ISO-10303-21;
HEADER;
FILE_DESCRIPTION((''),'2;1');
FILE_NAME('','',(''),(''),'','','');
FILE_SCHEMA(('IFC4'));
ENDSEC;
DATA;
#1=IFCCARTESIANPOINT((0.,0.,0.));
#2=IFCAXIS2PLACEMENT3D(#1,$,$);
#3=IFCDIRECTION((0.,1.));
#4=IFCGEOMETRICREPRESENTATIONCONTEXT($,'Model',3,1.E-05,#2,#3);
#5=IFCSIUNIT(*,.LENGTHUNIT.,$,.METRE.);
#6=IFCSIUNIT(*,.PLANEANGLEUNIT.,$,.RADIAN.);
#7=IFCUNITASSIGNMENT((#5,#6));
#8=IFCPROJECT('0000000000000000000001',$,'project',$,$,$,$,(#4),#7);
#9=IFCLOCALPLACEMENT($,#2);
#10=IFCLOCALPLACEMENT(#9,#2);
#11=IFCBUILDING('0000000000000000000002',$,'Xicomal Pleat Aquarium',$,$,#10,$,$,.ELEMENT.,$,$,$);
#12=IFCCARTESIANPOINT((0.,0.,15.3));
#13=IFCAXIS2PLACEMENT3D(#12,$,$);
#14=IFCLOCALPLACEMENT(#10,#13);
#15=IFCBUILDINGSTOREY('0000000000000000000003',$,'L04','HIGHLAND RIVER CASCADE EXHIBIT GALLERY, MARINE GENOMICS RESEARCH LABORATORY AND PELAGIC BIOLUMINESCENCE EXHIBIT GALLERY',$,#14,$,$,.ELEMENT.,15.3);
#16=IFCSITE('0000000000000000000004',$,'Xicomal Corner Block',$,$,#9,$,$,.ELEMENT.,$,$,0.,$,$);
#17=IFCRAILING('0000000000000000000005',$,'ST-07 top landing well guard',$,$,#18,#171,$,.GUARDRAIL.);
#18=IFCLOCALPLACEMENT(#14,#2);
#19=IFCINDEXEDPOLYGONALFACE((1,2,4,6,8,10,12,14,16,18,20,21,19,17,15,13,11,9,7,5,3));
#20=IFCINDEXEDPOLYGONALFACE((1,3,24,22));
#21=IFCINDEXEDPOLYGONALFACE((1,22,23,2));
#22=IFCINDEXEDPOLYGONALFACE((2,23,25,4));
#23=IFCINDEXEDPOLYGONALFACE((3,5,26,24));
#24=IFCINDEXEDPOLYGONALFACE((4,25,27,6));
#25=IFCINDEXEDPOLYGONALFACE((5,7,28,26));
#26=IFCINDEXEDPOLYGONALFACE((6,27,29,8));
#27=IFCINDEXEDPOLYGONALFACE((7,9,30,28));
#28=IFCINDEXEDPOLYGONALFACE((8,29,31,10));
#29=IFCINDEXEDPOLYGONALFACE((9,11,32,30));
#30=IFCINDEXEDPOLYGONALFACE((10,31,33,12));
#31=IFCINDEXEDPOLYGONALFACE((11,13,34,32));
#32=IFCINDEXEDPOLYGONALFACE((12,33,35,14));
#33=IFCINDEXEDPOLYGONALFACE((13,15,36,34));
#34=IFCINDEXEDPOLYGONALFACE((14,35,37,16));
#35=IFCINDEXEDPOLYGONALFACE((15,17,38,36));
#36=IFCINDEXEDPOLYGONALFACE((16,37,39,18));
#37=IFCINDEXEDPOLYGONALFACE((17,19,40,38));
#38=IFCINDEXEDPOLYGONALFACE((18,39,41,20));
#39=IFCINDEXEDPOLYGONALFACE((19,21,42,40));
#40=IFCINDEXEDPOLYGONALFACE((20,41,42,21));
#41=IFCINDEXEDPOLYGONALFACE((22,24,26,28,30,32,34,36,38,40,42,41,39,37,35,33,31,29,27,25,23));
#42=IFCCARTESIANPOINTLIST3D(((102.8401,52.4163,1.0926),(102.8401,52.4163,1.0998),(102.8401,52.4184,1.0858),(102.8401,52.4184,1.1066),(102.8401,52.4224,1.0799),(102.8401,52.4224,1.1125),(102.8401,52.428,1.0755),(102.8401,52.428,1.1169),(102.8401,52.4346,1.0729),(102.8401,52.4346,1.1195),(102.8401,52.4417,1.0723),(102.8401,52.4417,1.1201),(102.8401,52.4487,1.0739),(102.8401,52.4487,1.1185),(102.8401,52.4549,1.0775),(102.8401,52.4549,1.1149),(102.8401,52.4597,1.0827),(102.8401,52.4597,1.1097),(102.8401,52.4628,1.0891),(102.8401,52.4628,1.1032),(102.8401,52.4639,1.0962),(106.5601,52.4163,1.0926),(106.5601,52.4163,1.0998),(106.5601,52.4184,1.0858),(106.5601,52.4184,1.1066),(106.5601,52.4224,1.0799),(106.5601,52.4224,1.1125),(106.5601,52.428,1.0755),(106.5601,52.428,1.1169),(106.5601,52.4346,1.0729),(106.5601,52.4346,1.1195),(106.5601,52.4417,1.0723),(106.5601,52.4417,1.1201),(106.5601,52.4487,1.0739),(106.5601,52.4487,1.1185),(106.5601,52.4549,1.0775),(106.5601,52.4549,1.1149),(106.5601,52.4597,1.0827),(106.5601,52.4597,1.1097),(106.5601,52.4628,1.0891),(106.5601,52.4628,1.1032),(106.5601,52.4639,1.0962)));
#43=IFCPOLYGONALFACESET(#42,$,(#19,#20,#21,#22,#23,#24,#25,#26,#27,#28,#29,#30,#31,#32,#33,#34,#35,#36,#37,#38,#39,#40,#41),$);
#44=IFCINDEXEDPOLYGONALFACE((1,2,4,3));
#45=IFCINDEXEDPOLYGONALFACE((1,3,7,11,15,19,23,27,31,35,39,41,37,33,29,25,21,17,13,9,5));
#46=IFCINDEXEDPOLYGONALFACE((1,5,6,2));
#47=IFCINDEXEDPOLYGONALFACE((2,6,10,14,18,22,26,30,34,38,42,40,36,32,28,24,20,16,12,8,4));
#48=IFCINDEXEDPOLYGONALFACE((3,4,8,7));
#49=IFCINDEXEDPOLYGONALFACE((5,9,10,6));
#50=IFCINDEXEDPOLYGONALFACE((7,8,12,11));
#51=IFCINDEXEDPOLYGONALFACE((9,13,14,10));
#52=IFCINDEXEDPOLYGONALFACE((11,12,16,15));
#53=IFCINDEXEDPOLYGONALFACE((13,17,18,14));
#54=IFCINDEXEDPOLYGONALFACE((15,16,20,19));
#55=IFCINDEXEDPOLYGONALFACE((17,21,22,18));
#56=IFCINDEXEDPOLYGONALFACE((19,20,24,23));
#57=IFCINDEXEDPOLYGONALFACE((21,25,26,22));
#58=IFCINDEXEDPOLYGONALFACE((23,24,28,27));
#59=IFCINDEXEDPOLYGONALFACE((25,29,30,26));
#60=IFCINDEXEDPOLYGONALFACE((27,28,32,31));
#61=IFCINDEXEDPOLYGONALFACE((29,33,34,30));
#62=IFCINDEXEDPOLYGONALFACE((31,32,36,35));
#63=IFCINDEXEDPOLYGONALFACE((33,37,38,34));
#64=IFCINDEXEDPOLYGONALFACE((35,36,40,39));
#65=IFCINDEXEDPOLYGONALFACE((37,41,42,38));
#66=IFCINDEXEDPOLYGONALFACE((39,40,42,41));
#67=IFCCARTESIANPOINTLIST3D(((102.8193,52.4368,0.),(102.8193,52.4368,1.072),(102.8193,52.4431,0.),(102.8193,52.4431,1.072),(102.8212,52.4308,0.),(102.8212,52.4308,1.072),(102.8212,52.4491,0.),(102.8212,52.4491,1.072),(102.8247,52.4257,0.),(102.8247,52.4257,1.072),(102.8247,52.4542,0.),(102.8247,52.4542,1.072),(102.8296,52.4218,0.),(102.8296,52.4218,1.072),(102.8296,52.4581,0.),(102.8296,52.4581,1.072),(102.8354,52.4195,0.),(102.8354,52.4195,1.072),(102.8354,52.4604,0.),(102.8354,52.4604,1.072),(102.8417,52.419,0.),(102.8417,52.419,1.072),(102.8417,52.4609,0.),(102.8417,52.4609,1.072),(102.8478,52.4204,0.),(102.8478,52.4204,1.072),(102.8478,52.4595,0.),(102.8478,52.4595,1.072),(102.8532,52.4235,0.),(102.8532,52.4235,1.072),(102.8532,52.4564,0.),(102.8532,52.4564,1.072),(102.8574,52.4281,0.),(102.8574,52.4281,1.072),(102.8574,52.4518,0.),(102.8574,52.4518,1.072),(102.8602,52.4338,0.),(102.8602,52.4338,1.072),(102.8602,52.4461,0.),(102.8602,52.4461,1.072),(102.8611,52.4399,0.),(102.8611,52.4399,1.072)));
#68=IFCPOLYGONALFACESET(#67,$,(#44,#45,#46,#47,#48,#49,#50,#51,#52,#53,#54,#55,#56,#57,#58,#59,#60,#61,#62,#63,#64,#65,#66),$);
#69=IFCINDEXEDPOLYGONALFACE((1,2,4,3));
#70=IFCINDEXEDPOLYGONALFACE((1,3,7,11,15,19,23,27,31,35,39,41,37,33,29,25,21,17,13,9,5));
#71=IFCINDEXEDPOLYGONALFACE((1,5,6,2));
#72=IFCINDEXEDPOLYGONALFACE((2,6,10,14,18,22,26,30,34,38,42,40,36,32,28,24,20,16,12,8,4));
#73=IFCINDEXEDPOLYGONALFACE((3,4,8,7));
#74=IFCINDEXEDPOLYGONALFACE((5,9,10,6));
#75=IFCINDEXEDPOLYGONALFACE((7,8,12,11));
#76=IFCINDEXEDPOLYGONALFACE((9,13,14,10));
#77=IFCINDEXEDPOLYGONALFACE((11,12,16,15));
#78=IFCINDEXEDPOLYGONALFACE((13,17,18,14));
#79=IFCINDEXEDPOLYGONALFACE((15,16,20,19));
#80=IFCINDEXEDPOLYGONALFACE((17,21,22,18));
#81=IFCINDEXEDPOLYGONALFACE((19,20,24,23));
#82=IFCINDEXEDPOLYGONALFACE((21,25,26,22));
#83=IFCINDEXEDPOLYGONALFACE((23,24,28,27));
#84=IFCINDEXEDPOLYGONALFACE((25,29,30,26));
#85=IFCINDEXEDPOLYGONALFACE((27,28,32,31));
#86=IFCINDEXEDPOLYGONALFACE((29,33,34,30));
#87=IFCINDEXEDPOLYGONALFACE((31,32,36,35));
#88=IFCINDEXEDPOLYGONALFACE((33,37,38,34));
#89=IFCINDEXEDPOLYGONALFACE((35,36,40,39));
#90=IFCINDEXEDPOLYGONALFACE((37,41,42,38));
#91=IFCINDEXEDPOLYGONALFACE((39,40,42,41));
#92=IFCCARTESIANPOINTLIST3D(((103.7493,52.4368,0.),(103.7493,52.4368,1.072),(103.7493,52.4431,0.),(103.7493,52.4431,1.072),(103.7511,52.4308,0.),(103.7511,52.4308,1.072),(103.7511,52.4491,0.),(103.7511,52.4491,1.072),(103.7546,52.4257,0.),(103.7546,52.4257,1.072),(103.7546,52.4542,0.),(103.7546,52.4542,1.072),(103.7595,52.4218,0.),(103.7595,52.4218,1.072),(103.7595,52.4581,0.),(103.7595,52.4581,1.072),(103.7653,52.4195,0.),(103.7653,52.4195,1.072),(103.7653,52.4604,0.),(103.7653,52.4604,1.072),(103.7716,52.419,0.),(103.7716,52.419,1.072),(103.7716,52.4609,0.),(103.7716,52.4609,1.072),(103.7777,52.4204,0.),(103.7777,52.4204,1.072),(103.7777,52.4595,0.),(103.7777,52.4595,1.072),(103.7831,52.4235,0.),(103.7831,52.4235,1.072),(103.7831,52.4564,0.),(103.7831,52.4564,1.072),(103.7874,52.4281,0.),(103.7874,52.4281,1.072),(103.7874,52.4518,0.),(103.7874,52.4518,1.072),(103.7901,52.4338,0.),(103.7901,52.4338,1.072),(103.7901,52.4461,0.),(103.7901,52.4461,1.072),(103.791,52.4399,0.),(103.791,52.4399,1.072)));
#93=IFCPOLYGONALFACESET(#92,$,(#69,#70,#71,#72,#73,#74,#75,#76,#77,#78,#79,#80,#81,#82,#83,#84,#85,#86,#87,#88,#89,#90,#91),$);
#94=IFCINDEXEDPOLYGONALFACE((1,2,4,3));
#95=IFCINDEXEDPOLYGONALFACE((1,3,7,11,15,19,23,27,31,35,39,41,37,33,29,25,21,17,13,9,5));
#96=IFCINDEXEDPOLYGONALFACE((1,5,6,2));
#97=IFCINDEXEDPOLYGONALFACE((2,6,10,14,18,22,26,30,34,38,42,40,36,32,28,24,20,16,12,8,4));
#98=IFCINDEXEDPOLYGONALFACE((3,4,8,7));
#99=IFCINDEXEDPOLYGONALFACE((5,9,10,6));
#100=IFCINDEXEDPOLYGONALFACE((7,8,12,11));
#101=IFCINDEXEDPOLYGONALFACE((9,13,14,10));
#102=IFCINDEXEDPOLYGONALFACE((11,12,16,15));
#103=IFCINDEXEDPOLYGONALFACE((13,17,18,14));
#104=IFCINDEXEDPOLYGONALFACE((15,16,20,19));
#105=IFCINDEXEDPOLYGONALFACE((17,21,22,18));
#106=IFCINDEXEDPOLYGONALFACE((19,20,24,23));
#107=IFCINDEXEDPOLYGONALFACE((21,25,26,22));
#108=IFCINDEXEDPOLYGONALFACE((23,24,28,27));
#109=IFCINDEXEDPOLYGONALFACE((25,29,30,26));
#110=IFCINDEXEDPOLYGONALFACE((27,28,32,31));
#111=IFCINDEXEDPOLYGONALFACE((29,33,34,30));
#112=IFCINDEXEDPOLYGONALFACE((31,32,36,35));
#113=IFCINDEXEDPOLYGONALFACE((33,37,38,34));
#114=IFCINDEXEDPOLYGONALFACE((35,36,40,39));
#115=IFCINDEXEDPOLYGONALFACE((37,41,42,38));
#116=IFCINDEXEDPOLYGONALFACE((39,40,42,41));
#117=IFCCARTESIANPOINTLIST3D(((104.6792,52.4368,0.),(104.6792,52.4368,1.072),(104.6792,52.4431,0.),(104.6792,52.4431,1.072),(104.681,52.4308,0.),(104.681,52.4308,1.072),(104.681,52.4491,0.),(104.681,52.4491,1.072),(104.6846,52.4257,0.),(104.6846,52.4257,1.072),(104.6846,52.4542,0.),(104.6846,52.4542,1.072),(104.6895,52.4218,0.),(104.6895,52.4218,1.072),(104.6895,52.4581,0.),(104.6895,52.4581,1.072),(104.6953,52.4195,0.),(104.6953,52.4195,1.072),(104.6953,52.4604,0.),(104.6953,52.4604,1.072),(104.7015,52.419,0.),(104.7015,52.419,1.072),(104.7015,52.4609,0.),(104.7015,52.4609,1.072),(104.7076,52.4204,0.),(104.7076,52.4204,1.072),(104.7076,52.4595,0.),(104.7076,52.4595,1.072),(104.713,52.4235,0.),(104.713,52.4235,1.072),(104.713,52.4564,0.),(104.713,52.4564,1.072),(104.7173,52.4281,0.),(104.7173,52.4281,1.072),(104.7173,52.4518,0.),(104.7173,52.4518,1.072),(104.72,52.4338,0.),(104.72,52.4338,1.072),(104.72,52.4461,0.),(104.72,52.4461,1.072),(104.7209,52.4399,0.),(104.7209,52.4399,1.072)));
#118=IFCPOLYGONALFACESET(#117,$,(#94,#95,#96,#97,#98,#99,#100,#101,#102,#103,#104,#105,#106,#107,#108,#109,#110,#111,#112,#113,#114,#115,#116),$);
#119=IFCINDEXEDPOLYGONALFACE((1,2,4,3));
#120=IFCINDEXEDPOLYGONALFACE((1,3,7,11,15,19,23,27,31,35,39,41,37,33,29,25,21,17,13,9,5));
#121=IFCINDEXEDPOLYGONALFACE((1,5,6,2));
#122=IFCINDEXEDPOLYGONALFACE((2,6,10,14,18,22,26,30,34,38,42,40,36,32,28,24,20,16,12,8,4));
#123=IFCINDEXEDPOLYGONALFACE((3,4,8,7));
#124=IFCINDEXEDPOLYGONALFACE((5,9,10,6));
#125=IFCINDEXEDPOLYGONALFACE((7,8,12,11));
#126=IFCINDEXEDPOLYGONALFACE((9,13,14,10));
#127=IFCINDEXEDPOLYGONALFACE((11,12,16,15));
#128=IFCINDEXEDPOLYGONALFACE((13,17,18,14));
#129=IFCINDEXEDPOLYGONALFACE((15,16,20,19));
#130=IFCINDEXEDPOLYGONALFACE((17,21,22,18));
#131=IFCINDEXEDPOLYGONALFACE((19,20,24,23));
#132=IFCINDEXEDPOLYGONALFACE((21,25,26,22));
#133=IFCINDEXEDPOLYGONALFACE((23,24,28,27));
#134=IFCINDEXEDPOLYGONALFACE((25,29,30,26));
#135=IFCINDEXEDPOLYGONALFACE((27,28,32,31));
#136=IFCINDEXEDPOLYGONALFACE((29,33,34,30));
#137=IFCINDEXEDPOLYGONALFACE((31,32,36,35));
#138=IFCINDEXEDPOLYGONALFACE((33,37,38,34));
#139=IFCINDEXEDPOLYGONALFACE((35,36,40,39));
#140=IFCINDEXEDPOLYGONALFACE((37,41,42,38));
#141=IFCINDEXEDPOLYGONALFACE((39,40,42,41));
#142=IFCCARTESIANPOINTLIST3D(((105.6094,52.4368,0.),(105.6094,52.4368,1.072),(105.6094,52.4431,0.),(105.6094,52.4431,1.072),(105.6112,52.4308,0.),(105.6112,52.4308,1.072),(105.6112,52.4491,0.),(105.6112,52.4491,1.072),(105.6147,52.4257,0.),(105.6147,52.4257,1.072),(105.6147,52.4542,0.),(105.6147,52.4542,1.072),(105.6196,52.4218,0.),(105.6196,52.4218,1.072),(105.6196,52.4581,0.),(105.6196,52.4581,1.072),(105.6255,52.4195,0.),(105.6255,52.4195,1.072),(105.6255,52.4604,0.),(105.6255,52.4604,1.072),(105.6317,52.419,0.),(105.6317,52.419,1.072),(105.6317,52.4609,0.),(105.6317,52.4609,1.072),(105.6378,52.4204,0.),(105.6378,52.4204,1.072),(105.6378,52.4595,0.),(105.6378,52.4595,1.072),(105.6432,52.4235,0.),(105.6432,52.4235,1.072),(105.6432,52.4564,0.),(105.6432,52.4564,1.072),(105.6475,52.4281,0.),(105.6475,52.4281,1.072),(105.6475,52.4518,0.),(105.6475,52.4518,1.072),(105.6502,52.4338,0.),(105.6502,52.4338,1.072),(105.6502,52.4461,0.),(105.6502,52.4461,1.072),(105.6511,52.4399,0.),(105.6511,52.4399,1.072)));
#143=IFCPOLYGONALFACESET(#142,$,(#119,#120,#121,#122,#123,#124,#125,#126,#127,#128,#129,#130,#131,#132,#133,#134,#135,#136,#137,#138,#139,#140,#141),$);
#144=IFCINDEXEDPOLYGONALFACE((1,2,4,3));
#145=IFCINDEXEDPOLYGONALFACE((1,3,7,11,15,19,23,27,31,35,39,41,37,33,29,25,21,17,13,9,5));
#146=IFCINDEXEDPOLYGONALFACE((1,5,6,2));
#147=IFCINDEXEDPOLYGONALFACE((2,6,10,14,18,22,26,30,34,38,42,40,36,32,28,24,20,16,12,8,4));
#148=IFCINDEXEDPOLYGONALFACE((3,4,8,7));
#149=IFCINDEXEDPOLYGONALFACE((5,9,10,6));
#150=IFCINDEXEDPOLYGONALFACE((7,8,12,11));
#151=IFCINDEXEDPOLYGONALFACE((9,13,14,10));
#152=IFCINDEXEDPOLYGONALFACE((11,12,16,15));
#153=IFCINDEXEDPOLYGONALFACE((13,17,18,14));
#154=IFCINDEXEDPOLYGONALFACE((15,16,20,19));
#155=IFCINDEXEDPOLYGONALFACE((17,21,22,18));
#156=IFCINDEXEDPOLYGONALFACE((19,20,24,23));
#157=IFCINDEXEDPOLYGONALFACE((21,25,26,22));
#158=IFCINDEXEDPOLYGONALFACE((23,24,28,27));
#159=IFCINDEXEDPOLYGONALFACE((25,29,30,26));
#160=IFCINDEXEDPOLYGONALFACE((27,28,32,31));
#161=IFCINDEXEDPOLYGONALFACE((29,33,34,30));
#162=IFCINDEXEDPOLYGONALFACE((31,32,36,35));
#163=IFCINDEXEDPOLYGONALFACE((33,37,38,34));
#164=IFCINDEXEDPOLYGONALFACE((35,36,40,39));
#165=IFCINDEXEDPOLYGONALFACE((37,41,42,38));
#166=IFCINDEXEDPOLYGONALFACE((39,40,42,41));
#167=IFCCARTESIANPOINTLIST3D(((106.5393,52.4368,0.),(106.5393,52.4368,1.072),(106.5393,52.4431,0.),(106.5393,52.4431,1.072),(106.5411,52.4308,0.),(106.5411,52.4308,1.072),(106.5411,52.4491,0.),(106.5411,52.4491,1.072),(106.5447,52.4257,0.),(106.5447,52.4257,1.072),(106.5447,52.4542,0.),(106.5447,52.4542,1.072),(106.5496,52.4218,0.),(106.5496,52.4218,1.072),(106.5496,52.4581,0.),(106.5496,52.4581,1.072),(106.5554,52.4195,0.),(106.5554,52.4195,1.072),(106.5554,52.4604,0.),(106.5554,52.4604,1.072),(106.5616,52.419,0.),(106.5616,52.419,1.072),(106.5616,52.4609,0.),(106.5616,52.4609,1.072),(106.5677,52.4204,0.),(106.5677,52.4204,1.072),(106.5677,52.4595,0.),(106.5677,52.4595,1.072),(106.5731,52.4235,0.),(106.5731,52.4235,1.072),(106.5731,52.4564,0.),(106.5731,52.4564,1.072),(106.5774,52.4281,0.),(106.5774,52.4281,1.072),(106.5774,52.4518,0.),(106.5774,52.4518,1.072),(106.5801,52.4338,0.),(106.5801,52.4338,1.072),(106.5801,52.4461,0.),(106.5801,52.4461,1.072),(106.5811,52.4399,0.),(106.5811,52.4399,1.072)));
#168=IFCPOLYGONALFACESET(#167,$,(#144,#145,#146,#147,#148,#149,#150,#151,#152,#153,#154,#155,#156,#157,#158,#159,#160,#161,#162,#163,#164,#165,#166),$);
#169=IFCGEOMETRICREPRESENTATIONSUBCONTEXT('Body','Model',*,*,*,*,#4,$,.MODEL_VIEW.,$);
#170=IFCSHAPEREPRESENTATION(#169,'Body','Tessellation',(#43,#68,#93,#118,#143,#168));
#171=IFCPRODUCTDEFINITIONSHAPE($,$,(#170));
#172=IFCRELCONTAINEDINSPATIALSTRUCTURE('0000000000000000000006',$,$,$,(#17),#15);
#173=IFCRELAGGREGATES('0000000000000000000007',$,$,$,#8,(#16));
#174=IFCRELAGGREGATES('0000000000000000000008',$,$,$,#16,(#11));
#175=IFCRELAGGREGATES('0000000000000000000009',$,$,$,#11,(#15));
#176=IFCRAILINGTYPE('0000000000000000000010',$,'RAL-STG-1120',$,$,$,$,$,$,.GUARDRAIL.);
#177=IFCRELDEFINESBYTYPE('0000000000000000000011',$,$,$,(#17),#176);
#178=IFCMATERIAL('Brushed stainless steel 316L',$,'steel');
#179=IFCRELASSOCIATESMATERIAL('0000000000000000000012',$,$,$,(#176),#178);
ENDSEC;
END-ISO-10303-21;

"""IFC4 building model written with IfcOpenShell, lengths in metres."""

from ifc_helpers import new_model, si_unit, direction, frame, origin, origin_2d, place, context, subcontext, project, spatial, circle, extrude, material, type_object, element, save


model = new_model("IFC4")

# Units and contexts
model_context = context("Model", 3, precision=1e-05, world=origin(), true_north=direction((0.0, 1.0)))
body_context = subcontext(model_context, "Body", "Model", "MODEL_VIEW")
ifc_project = project(units=[si_unit("LENGTHUNIT", "METRE"), si_unit("PLANEANGLEUNIT", "RADIAN")], contexts=[model_context])

# Site, building, storey
site_placement = place(None, origin())
site = spatial("IfcSite", under=ifc_project, at=site_placement, Name="Xicomal Corner Block", CompositionType="ELEMENT", RefElevation=0.0)
building_placement = place(site_placement, origin())
building = spatial("IfcBuilding", under=site, at=building_placement, Name="Xicomal Pleat Aquarium", CompositionType="ELEMENT")
storey_placement = place(building_placement, frame((0.0, 0.0, 15.3)))
storey = spatial("IfcBuildingStorey", under=building, at=storey_placement, Name="L04", Description="HIGHLAND RIVER CASCADE EXHIBIT GALLERY, MARINE GENOMICS RESEARCH LABORATORY AND PELAGIC BIOLUMINESCENCE EXHIBIT GALLERY", CompositionType="ELEMENT", Elevation=15.3)

# Railing
ifc_material_1 = material(Name="Brushed stainless steel 316L", Category="steel")
railing_type = type_object("IfcRailingType", Name="RAL-STG-1120", PredefinedType="GUARDRAIL", material=ifc_material_1)
railing_placement = place(storey_placement, frame((102.8401, 52.4399, 0.0)))
element("IfcRailing", 1, at=railing_placement, inside=storey, type_object=railing_type, Name="ST-07 top landing well guard", PredefinedType="GUARDRAIL", context=body_context, shape_type="SweptSolid", body=[
    extrude(circle(Radius=0.0239, at=origin_2d()), frame((0.0, 0.0, 1.0962), z_axis=(1.0, 0.0, 0.0), x_axis=(0.0, 1.0, 0.0)), (0.0, 0.0, 1.0), 3.72),
    extrude(circle(Radius=0.021, at=origin_2d()), origin(), (0.0, 0.0, 1.0), 1.072),
    extrude(circle(Radius=0.021, at=origin_2d()), frame((0.9299, 0.0, 0.0)), (0.0, 0.0, 1.0), 1.072),
    extrude(circle(Radius=0.021, at=origin_2d()), frame((1.8599, 0.0, 0.0)), (0.0, 0.0, 1.0), 1.072),
    extrude(circle(Radius=0.021, at=origin_2d()), frame((2.79, 0.0, 0.0)), (0.0, 0.0, 1.0), 1.072),
    extrude(circle(Radius=0.021, at=origin_2d()), frame((3.72, 0.0, 0.0)), (0.0, 0.0, 1.0), 1.072),
])

save(model, "model.ifc")
